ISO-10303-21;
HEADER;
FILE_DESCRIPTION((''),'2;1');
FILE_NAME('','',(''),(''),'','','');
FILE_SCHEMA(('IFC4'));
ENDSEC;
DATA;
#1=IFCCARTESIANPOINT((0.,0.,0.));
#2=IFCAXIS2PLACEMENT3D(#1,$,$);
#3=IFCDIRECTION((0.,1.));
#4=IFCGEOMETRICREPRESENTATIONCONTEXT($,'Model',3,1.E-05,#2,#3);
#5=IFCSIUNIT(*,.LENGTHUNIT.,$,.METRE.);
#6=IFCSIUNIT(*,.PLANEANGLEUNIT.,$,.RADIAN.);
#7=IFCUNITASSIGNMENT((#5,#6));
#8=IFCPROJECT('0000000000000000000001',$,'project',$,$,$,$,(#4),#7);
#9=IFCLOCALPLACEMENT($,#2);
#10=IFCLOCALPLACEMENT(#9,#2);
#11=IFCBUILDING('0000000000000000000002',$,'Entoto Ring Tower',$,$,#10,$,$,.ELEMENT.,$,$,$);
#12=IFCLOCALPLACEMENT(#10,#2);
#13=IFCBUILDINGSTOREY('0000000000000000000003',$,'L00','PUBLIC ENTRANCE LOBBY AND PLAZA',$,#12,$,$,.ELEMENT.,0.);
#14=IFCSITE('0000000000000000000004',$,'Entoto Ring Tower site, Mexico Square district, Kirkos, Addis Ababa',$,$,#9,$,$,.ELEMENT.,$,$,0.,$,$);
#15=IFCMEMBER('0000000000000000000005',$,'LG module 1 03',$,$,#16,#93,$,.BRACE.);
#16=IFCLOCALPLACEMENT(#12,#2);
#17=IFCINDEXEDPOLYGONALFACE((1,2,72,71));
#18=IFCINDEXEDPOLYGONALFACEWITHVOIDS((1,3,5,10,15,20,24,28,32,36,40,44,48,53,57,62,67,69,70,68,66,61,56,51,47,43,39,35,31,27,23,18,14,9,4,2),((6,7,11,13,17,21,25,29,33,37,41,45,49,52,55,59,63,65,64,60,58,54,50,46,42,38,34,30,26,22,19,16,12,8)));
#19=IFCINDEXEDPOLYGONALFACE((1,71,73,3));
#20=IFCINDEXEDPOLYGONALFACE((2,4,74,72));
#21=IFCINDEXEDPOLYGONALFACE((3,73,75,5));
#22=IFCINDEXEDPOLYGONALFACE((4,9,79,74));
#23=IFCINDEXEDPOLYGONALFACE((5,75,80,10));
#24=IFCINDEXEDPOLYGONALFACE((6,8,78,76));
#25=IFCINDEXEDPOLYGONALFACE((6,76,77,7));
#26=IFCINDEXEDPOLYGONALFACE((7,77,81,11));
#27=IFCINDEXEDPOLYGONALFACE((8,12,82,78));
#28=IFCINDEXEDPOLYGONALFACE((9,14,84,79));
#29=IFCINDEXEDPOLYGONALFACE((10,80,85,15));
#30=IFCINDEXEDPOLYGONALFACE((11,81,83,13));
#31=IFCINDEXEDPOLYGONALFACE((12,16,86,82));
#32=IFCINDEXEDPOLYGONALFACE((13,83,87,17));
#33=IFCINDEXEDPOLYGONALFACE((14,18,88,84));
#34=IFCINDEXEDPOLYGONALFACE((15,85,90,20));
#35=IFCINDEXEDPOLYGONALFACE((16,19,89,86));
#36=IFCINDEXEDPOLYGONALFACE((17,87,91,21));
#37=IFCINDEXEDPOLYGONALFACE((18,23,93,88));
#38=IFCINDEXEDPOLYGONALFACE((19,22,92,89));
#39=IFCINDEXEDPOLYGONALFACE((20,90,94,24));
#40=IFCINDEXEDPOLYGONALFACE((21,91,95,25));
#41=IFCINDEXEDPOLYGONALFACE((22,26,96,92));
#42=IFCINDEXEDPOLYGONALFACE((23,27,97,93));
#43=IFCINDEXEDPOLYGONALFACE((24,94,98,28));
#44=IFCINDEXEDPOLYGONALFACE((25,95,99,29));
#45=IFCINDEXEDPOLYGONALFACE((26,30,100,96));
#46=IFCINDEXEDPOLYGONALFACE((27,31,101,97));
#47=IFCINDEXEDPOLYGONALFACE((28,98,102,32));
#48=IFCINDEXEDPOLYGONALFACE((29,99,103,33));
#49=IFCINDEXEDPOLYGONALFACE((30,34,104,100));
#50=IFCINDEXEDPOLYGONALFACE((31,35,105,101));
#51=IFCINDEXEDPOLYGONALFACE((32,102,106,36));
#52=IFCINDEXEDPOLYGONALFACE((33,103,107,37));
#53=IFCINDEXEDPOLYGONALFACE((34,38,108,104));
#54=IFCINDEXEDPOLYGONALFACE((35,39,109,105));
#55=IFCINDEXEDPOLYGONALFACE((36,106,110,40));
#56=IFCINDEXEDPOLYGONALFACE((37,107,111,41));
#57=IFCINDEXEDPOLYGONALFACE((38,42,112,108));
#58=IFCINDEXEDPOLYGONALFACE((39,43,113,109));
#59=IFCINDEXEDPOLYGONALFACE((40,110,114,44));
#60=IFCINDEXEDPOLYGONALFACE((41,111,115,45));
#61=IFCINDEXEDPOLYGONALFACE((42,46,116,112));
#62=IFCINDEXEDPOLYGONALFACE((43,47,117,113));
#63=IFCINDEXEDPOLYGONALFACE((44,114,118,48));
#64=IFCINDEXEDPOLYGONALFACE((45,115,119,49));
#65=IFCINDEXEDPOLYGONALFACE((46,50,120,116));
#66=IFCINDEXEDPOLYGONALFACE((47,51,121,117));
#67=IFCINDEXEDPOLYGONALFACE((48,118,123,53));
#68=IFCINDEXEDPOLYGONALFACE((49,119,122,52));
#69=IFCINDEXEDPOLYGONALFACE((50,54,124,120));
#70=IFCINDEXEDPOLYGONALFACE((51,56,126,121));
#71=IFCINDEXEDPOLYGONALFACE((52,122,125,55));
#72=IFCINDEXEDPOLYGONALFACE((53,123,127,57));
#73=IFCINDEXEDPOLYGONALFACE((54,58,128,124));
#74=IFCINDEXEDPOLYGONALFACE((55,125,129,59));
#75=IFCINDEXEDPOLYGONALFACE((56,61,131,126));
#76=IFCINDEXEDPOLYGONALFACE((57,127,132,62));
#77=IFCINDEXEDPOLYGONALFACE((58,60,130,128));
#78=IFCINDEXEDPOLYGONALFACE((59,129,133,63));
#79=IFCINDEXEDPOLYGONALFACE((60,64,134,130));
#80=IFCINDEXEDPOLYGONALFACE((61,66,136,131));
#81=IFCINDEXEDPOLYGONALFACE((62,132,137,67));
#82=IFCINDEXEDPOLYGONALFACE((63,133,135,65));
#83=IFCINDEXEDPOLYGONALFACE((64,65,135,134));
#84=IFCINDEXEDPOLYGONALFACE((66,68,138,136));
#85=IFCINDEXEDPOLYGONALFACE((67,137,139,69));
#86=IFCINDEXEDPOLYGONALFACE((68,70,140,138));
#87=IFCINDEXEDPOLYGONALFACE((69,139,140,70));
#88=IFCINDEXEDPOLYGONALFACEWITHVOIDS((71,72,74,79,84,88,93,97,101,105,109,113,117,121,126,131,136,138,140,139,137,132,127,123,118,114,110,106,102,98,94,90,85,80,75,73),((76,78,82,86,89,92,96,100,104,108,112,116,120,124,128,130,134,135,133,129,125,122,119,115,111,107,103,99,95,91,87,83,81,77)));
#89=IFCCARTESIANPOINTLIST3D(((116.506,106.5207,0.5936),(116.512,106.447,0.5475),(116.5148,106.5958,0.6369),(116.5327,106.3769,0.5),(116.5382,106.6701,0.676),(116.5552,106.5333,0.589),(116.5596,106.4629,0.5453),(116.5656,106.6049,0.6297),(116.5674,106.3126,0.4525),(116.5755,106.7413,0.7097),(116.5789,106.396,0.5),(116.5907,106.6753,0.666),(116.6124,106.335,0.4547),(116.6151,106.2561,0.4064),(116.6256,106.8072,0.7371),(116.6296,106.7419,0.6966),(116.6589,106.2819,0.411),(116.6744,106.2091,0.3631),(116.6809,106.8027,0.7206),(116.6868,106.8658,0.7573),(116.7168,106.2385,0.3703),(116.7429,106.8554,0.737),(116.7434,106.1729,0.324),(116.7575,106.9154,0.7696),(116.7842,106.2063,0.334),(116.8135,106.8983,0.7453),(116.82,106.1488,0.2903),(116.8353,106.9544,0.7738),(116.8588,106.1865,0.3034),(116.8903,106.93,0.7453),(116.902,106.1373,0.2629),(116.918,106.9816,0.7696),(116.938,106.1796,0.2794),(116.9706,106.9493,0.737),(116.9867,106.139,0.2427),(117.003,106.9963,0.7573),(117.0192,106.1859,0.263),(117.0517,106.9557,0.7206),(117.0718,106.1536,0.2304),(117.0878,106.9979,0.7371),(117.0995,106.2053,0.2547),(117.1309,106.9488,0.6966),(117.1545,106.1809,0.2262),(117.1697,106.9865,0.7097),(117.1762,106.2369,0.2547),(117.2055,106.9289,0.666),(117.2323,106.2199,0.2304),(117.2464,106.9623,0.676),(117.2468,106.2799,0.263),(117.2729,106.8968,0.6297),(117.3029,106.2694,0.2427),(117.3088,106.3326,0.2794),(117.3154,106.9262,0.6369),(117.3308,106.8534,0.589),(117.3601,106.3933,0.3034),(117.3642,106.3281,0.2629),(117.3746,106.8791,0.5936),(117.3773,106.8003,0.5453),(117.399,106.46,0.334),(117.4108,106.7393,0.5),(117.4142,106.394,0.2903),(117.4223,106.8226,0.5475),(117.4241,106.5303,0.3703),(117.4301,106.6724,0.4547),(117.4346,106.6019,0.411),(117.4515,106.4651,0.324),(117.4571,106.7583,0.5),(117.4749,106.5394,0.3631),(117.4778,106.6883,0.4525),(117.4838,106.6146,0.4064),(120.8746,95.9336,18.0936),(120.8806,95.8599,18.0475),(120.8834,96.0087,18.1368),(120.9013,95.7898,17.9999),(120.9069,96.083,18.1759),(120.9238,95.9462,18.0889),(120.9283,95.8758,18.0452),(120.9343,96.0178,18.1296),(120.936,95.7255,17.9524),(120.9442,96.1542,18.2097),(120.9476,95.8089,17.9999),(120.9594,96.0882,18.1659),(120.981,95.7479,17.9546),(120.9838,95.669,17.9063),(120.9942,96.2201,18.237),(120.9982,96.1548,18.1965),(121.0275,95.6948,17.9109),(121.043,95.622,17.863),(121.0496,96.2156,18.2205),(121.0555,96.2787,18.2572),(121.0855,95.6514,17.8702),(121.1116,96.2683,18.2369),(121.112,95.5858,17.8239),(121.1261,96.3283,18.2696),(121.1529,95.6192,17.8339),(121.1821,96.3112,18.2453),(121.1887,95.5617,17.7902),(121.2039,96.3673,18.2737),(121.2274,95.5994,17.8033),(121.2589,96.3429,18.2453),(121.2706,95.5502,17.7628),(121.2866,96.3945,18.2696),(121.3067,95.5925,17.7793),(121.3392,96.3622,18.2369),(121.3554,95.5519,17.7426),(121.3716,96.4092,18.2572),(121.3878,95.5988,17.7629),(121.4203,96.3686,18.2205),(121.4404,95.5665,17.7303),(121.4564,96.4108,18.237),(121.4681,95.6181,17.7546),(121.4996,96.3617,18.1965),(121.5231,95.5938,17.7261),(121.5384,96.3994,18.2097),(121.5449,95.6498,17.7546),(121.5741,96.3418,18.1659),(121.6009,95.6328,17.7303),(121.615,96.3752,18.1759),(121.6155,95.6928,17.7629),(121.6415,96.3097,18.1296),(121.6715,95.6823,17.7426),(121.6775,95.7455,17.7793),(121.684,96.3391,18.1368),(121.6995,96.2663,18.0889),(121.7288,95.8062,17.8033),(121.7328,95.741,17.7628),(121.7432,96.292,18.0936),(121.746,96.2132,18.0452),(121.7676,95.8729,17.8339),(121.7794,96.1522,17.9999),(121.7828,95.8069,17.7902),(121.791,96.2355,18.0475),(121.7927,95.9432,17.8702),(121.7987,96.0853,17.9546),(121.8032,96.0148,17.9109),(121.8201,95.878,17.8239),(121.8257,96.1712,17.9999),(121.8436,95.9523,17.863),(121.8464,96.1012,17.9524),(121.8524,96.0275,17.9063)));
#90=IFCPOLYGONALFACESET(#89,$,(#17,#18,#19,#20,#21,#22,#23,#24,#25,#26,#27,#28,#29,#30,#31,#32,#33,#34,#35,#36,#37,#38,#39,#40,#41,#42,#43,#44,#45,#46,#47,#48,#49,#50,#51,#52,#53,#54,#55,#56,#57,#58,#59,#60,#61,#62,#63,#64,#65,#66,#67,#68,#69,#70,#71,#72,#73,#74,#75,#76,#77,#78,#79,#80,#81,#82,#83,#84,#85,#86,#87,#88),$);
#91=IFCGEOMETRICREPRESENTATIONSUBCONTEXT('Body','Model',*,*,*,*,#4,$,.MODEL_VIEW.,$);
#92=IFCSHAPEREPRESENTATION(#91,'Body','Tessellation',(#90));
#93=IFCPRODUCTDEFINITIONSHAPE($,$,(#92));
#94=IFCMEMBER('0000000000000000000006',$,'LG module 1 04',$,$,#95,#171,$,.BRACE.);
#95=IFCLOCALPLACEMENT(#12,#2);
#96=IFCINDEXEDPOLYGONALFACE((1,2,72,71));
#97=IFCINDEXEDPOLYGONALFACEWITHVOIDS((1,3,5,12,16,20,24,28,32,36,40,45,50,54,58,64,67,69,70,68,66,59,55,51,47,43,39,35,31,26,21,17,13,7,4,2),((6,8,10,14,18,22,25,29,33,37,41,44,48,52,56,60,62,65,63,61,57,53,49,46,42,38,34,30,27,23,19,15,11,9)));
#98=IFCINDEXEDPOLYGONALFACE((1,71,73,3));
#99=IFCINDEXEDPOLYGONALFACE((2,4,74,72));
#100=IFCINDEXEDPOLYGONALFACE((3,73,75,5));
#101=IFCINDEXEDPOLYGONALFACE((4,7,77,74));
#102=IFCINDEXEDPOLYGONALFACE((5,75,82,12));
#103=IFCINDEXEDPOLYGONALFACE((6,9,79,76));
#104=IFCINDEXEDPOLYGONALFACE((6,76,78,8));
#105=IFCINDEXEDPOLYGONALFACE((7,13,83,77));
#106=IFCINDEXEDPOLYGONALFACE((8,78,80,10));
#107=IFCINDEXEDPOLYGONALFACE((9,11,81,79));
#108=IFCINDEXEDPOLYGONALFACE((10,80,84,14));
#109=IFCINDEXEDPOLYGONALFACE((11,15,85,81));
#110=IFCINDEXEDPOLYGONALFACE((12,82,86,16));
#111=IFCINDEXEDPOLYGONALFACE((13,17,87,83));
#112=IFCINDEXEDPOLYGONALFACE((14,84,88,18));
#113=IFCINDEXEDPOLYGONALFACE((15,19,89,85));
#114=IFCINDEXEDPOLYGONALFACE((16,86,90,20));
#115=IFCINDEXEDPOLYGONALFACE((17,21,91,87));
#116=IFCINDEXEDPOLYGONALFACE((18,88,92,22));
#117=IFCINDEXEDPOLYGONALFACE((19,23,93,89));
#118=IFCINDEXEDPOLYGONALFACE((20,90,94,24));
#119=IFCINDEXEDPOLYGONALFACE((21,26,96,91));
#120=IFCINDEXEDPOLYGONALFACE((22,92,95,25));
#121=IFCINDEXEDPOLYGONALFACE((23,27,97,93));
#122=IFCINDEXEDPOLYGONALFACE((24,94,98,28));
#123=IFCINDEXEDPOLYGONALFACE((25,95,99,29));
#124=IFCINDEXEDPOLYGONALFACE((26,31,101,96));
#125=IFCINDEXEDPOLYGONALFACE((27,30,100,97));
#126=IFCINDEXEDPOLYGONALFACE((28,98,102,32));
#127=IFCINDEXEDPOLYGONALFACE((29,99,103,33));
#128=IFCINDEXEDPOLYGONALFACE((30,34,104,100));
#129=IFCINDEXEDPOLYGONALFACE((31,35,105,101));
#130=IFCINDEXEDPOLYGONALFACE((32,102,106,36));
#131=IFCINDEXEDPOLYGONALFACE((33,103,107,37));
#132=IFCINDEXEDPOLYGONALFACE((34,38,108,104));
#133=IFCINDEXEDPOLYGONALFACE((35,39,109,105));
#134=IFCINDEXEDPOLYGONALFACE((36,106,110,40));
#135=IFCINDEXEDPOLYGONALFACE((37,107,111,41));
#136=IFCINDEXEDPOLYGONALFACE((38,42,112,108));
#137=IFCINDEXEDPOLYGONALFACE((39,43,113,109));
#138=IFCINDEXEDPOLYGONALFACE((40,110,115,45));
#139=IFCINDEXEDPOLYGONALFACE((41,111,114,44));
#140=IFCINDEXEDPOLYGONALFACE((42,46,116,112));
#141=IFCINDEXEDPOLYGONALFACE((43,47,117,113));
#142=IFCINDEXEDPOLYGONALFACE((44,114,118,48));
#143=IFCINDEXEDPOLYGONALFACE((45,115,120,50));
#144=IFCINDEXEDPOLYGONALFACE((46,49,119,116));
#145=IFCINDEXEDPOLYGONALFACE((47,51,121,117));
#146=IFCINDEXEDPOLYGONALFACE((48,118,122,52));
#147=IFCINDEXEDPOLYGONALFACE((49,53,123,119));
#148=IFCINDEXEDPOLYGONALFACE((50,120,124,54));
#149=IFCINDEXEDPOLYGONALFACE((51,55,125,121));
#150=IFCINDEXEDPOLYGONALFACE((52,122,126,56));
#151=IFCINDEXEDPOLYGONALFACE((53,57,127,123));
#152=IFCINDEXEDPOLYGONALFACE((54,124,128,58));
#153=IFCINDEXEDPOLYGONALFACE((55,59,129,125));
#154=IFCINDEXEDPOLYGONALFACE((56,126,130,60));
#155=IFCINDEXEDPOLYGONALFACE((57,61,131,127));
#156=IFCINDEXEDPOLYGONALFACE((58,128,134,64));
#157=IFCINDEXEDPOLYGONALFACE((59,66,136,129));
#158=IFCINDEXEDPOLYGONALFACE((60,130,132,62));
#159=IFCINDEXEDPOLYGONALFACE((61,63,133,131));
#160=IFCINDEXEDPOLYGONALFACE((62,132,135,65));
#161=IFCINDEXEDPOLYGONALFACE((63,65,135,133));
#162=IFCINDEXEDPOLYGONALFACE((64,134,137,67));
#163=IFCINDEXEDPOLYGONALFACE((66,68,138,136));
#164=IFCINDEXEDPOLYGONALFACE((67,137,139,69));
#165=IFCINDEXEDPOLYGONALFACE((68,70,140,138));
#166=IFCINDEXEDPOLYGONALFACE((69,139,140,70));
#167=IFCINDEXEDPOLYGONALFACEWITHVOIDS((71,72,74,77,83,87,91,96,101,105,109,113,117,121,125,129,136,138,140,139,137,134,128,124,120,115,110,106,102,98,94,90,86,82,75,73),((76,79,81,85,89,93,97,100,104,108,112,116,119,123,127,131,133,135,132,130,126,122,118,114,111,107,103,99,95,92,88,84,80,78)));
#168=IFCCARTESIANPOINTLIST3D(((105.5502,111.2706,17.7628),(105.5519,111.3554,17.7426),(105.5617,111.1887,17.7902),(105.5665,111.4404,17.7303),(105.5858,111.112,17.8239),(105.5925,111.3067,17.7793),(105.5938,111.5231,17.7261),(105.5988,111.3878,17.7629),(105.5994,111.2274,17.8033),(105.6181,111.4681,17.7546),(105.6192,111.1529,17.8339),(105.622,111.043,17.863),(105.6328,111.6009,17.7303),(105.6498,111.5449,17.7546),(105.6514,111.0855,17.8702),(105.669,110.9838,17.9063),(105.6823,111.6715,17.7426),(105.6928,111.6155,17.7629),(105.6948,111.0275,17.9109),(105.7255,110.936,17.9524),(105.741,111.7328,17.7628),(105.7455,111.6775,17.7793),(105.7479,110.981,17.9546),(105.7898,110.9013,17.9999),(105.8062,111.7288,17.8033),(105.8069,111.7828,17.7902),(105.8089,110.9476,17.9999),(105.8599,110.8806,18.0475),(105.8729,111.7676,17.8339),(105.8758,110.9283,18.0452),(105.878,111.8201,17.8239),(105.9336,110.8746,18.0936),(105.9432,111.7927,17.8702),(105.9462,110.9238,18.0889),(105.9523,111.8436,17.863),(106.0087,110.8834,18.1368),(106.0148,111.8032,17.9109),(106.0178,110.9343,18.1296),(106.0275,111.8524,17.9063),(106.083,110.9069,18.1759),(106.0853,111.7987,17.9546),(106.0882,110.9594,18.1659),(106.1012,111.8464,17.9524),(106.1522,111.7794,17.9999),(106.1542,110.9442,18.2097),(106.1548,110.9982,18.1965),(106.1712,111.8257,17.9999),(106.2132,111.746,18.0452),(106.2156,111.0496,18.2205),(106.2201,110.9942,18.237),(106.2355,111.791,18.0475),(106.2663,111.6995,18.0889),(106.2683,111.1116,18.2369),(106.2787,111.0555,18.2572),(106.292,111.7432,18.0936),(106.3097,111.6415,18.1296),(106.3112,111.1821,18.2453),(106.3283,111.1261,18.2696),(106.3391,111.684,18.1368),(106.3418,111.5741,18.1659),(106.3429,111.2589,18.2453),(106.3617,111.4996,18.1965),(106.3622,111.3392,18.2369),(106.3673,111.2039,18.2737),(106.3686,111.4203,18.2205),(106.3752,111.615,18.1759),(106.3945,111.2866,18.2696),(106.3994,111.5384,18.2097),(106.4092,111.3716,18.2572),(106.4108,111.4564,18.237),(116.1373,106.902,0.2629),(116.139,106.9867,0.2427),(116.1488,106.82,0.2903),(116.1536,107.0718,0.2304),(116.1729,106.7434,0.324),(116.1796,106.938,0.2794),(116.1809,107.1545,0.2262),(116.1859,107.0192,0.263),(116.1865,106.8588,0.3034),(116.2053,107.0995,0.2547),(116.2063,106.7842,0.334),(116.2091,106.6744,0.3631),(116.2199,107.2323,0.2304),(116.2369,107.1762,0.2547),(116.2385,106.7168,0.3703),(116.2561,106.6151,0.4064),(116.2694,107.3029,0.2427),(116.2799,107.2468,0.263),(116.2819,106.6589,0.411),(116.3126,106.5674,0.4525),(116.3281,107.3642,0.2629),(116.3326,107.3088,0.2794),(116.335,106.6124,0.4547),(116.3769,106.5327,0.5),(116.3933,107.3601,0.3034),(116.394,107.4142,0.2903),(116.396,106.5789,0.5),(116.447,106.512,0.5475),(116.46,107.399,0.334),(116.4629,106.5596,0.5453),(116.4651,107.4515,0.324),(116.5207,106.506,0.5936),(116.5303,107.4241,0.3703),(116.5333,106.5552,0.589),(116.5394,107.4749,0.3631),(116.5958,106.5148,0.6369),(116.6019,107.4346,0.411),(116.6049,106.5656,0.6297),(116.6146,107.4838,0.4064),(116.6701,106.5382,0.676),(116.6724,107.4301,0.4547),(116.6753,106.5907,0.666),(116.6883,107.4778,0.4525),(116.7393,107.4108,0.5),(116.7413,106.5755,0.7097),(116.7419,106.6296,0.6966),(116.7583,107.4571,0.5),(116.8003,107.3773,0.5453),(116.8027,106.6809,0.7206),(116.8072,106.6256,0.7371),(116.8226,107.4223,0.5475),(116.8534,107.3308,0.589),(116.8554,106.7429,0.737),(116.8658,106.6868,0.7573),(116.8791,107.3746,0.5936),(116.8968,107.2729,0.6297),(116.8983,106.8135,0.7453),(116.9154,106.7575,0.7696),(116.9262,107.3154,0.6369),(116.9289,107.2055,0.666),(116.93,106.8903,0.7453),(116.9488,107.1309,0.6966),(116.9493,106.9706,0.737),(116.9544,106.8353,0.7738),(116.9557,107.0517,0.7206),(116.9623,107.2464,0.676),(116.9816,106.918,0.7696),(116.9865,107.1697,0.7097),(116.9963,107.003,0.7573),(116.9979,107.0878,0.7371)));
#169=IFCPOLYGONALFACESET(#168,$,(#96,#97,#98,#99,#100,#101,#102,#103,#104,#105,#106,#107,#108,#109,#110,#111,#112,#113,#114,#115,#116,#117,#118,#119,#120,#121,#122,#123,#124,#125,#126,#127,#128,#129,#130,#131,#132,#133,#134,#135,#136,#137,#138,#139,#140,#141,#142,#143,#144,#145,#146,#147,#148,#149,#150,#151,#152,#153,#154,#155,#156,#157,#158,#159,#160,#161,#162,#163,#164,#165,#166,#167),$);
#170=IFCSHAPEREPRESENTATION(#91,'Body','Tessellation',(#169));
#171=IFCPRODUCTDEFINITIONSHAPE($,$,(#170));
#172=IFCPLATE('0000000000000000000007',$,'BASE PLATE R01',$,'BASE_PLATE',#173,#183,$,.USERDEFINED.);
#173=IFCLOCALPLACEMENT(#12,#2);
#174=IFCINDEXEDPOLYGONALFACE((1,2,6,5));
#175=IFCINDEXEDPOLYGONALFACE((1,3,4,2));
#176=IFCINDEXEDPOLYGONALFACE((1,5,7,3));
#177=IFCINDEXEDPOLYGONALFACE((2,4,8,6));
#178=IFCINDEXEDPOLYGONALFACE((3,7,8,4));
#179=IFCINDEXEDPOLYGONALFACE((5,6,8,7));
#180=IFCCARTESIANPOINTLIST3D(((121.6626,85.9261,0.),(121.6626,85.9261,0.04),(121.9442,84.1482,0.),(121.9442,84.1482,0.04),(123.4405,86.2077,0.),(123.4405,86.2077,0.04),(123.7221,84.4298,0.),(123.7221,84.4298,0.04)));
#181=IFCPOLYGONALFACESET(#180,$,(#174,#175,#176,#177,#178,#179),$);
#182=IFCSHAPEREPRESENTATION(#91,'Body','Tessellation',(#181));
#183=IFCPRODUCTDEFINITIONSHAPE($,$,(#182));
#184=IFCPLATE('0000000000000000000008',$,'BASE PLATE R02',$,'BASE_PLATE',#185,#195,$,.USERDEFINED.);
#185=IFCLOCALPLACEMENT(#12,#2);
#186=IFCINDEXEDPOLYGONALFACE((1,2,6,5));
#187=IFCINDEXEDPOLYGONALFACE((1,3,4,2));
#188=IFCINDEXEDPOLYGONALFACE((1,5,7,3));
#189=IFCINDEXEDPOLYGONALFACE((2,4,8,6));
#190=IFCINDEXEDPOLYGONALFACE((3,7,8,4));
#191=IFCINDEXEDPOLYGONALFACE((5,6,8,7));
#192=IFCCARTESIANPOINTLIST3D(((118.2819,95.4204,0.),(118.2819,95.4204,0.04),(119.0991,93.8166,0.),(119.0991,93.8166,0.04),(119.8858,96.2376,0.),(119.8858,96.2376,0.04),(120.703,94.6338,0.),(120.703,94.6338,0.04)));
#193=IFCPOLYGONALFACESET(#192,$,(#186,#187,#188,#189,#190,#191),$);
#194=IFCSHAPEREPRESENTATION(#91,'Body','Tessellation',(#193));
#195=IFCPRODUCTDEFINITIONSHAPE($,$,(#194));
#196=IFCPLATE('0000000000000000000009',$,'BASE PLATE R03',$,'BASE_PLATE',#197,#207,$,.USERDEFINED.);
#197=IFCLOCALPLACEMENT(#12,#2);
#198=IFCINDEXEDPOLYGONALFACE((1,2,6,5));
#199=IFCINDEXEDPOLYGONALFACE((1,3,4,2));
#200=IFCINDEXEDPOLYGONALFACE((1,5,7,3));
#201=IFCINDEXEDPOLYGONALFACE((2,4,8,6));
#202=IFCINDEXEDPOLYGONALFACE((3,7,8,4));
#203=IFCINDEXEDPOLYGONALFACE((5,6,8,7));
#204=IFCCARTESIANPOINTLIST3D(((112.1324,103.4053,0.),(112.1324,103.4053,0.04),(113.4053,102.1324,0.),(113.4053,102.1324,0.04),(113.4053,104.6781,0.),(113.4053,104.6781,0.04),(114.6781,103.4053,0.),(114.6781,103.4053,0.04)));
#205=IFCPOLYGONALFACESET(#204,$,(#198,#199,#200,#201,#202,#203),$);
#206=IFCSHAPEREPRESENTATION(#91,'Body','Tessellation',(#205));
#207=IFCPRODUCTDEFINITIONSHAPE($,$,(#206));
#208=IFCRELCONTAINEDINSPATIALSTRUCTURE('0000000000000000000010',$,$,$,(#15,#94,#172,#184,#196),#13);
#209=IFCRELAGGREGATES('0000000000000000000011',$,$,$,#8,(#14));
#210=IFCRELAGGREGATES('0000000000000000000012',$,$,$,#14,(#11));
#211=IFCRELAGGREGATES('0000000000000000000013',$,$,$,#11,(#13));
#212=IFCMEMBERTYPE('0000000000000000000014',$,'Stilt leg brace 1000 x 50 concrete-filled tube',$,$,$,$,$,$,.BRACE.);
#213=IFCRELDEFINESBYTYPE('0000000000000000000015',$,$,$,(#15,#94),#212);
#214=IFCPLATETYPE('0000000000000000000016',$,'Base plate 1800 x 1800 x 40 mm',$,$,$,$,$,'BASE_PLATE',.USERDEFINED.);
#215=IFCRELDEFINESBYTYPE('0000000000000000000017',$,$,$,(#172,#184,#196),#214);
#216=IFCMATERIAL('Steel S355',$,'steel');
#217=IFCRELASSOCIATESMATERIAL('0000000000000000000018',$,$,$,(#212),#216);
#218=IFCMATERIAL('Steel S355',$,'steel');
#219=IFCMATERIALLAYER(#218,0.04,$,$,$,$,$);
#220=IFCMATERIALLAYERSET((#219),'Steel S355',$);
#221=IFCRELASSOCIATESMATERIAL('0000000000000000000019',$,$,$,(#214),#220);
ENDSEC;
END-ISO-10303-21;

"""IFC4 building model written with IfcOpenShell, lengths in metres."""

from ifc_helpers import new_model, si_unit, direction, frame, origin, origin_2d, place, context, subcontext, project, spatial, rectangle, circle, hollow_circle, extrude, material, layer, layer_set, material_profile, profile_set, type_object, element, save


model = new_model("IFC4")

# Units and contexts
model_context = context("Model", 3, precision=1e-05, world=origin(), true_north=direction((0.0, 1.0)))
body_context = subcontext(model_context, "Body", "Model", "MODEL_VIEW")
ifc_project = project(units=[si_unit("LENGTHUNIT", "METRE"), si_unit("PLANEANGLEUNIT", "RADIAN")], contexts=[model_context])

# Site, building, storey
site_placement = place(None, origin())
site = spatial("IfcSite", under=ifc_project, at=site_placement, Name="Entoto Ring Tower site, Mexico Square district, Kirkos, Addis Ababa", CompositionType="ELEMENT", RefElevation=0.0)
building_placement = place(site_placement, origin())
building = spatial("IfcBuilding", under=site, at=building_placement, Name="Entoto Ring Tower", CompositionType="ELEMENT")
storey_placement = place(building_placement, origin())
storey = spatial("IfcBuildingStorey", under=building, at=storey_placement, Name="L00", Description="PUBLIC ENTRANCE LOBBY AND PLAZA", CompositionType="ELEMENT", Elevation=0.0)

# Members
ifc_material_1 = material(Name="Steel S355", Category="steel")
ifc_material_profile_1 = material_profile(ifc_material_1, hollow_circle(Radius=0.5, WallThickness=0.05, at=origin_2d()), Name="CHS 1000 x 50")
ifc_material_2 = material(Name="Concrete C60/75", Category="concrete")
ifc_material_profile_2 = material_profile(ifc_material_2, circle(Radius=0.45, at=origin_2d()), Name="Concrete C60/75 infill")
ifc_profile_set_1 = profile_set([ifc_material_profile_1, ifc_material_profile_2], Name="Steel S355")
member_type = type_object("IfcMemberType", Name="Stilt leg brace 1000 x 50 concrete-filled tube", PredefinedType="BRACE", material=ifc_profile_set_1)
for number, where, z_axis, x_axis, name in (
    (1, (116.9949, 106.5676, 0.5), (0.20888, -0.506207, 0.836734), (0.924394, 0.381439, 0.0), "LG module 1 03"),
    (2, (116.5676, 106.9949, 0.5), (-0.506207, 0.20888, 0.836734), (-0.381439, -0.924394, 0.0), "LG module 1 04"),
):
    element("IfcMember", number, at=place(storey_placement, frame(where, z_axis=z_axis, x_axis=x_axis)), inside=storey, type_object=member_type, Name=name, PredefinedType="BRACE", context=body_context, shape_type="SweptSolid", body=[
        extrude(hollow_circle(Radius=0.5, WallThickness=0.05, at=origin_2d()), origin(), (0.0, 0.0, 1.0), 20.9146),
    ])

# Plates
ifc_material_3 = material(Name="Steel S355", Category="steel")
ifc_layer_1 = layer(ifc_material_3, 0.04)
ifc_layer_set_1 = layer_set([ifc_layer_1], Name="Steel S355")
plate_type = type_object("IfcPlateType", Name="Base plate 1800 x 1800 x 40 mm", ElementType="BASE_PLATE", PredefinedType="USERDEFINED", material=ifc_layer_set_1)
for number, where, z_axis, x_axis, name in (
    (3, (122.6924, 85.178, 0.0), (0.0, 0.0, 1.0), (0.987688, 0.156434, 0.0), "BASE PLATE R01"),
    (4, (119.4924, 95.0271, 0.0), (0.0, 0.0, 1.0), (0.891007, 0.45399, 0.0), "BASE PLATE R02"),
    (5, (113.4053, 103.4053, 0.0), (0.0, 0.0, 1.0), (0.707107, 0.707107, 0.0), "BASE PLATE R03"),
):
    element("IfcPlate", number, at=place(storey_placement, frame(where, z_axis=z_axis, x_axis=x_axis)), inside=storey, type_object=plate_type, Name=name, ObjectType="BASE_PLATE", PredefinedType="USERDEFINED", context=body_context, shape_type="SweptSolid", body=[
        extrude(rectangle(XDim=1.8, YDim=1.8, at=origin_2d()), origin(), (0.0, 0.0, 1.0), 0.04),
    ])

save(model, "model.ifc")
